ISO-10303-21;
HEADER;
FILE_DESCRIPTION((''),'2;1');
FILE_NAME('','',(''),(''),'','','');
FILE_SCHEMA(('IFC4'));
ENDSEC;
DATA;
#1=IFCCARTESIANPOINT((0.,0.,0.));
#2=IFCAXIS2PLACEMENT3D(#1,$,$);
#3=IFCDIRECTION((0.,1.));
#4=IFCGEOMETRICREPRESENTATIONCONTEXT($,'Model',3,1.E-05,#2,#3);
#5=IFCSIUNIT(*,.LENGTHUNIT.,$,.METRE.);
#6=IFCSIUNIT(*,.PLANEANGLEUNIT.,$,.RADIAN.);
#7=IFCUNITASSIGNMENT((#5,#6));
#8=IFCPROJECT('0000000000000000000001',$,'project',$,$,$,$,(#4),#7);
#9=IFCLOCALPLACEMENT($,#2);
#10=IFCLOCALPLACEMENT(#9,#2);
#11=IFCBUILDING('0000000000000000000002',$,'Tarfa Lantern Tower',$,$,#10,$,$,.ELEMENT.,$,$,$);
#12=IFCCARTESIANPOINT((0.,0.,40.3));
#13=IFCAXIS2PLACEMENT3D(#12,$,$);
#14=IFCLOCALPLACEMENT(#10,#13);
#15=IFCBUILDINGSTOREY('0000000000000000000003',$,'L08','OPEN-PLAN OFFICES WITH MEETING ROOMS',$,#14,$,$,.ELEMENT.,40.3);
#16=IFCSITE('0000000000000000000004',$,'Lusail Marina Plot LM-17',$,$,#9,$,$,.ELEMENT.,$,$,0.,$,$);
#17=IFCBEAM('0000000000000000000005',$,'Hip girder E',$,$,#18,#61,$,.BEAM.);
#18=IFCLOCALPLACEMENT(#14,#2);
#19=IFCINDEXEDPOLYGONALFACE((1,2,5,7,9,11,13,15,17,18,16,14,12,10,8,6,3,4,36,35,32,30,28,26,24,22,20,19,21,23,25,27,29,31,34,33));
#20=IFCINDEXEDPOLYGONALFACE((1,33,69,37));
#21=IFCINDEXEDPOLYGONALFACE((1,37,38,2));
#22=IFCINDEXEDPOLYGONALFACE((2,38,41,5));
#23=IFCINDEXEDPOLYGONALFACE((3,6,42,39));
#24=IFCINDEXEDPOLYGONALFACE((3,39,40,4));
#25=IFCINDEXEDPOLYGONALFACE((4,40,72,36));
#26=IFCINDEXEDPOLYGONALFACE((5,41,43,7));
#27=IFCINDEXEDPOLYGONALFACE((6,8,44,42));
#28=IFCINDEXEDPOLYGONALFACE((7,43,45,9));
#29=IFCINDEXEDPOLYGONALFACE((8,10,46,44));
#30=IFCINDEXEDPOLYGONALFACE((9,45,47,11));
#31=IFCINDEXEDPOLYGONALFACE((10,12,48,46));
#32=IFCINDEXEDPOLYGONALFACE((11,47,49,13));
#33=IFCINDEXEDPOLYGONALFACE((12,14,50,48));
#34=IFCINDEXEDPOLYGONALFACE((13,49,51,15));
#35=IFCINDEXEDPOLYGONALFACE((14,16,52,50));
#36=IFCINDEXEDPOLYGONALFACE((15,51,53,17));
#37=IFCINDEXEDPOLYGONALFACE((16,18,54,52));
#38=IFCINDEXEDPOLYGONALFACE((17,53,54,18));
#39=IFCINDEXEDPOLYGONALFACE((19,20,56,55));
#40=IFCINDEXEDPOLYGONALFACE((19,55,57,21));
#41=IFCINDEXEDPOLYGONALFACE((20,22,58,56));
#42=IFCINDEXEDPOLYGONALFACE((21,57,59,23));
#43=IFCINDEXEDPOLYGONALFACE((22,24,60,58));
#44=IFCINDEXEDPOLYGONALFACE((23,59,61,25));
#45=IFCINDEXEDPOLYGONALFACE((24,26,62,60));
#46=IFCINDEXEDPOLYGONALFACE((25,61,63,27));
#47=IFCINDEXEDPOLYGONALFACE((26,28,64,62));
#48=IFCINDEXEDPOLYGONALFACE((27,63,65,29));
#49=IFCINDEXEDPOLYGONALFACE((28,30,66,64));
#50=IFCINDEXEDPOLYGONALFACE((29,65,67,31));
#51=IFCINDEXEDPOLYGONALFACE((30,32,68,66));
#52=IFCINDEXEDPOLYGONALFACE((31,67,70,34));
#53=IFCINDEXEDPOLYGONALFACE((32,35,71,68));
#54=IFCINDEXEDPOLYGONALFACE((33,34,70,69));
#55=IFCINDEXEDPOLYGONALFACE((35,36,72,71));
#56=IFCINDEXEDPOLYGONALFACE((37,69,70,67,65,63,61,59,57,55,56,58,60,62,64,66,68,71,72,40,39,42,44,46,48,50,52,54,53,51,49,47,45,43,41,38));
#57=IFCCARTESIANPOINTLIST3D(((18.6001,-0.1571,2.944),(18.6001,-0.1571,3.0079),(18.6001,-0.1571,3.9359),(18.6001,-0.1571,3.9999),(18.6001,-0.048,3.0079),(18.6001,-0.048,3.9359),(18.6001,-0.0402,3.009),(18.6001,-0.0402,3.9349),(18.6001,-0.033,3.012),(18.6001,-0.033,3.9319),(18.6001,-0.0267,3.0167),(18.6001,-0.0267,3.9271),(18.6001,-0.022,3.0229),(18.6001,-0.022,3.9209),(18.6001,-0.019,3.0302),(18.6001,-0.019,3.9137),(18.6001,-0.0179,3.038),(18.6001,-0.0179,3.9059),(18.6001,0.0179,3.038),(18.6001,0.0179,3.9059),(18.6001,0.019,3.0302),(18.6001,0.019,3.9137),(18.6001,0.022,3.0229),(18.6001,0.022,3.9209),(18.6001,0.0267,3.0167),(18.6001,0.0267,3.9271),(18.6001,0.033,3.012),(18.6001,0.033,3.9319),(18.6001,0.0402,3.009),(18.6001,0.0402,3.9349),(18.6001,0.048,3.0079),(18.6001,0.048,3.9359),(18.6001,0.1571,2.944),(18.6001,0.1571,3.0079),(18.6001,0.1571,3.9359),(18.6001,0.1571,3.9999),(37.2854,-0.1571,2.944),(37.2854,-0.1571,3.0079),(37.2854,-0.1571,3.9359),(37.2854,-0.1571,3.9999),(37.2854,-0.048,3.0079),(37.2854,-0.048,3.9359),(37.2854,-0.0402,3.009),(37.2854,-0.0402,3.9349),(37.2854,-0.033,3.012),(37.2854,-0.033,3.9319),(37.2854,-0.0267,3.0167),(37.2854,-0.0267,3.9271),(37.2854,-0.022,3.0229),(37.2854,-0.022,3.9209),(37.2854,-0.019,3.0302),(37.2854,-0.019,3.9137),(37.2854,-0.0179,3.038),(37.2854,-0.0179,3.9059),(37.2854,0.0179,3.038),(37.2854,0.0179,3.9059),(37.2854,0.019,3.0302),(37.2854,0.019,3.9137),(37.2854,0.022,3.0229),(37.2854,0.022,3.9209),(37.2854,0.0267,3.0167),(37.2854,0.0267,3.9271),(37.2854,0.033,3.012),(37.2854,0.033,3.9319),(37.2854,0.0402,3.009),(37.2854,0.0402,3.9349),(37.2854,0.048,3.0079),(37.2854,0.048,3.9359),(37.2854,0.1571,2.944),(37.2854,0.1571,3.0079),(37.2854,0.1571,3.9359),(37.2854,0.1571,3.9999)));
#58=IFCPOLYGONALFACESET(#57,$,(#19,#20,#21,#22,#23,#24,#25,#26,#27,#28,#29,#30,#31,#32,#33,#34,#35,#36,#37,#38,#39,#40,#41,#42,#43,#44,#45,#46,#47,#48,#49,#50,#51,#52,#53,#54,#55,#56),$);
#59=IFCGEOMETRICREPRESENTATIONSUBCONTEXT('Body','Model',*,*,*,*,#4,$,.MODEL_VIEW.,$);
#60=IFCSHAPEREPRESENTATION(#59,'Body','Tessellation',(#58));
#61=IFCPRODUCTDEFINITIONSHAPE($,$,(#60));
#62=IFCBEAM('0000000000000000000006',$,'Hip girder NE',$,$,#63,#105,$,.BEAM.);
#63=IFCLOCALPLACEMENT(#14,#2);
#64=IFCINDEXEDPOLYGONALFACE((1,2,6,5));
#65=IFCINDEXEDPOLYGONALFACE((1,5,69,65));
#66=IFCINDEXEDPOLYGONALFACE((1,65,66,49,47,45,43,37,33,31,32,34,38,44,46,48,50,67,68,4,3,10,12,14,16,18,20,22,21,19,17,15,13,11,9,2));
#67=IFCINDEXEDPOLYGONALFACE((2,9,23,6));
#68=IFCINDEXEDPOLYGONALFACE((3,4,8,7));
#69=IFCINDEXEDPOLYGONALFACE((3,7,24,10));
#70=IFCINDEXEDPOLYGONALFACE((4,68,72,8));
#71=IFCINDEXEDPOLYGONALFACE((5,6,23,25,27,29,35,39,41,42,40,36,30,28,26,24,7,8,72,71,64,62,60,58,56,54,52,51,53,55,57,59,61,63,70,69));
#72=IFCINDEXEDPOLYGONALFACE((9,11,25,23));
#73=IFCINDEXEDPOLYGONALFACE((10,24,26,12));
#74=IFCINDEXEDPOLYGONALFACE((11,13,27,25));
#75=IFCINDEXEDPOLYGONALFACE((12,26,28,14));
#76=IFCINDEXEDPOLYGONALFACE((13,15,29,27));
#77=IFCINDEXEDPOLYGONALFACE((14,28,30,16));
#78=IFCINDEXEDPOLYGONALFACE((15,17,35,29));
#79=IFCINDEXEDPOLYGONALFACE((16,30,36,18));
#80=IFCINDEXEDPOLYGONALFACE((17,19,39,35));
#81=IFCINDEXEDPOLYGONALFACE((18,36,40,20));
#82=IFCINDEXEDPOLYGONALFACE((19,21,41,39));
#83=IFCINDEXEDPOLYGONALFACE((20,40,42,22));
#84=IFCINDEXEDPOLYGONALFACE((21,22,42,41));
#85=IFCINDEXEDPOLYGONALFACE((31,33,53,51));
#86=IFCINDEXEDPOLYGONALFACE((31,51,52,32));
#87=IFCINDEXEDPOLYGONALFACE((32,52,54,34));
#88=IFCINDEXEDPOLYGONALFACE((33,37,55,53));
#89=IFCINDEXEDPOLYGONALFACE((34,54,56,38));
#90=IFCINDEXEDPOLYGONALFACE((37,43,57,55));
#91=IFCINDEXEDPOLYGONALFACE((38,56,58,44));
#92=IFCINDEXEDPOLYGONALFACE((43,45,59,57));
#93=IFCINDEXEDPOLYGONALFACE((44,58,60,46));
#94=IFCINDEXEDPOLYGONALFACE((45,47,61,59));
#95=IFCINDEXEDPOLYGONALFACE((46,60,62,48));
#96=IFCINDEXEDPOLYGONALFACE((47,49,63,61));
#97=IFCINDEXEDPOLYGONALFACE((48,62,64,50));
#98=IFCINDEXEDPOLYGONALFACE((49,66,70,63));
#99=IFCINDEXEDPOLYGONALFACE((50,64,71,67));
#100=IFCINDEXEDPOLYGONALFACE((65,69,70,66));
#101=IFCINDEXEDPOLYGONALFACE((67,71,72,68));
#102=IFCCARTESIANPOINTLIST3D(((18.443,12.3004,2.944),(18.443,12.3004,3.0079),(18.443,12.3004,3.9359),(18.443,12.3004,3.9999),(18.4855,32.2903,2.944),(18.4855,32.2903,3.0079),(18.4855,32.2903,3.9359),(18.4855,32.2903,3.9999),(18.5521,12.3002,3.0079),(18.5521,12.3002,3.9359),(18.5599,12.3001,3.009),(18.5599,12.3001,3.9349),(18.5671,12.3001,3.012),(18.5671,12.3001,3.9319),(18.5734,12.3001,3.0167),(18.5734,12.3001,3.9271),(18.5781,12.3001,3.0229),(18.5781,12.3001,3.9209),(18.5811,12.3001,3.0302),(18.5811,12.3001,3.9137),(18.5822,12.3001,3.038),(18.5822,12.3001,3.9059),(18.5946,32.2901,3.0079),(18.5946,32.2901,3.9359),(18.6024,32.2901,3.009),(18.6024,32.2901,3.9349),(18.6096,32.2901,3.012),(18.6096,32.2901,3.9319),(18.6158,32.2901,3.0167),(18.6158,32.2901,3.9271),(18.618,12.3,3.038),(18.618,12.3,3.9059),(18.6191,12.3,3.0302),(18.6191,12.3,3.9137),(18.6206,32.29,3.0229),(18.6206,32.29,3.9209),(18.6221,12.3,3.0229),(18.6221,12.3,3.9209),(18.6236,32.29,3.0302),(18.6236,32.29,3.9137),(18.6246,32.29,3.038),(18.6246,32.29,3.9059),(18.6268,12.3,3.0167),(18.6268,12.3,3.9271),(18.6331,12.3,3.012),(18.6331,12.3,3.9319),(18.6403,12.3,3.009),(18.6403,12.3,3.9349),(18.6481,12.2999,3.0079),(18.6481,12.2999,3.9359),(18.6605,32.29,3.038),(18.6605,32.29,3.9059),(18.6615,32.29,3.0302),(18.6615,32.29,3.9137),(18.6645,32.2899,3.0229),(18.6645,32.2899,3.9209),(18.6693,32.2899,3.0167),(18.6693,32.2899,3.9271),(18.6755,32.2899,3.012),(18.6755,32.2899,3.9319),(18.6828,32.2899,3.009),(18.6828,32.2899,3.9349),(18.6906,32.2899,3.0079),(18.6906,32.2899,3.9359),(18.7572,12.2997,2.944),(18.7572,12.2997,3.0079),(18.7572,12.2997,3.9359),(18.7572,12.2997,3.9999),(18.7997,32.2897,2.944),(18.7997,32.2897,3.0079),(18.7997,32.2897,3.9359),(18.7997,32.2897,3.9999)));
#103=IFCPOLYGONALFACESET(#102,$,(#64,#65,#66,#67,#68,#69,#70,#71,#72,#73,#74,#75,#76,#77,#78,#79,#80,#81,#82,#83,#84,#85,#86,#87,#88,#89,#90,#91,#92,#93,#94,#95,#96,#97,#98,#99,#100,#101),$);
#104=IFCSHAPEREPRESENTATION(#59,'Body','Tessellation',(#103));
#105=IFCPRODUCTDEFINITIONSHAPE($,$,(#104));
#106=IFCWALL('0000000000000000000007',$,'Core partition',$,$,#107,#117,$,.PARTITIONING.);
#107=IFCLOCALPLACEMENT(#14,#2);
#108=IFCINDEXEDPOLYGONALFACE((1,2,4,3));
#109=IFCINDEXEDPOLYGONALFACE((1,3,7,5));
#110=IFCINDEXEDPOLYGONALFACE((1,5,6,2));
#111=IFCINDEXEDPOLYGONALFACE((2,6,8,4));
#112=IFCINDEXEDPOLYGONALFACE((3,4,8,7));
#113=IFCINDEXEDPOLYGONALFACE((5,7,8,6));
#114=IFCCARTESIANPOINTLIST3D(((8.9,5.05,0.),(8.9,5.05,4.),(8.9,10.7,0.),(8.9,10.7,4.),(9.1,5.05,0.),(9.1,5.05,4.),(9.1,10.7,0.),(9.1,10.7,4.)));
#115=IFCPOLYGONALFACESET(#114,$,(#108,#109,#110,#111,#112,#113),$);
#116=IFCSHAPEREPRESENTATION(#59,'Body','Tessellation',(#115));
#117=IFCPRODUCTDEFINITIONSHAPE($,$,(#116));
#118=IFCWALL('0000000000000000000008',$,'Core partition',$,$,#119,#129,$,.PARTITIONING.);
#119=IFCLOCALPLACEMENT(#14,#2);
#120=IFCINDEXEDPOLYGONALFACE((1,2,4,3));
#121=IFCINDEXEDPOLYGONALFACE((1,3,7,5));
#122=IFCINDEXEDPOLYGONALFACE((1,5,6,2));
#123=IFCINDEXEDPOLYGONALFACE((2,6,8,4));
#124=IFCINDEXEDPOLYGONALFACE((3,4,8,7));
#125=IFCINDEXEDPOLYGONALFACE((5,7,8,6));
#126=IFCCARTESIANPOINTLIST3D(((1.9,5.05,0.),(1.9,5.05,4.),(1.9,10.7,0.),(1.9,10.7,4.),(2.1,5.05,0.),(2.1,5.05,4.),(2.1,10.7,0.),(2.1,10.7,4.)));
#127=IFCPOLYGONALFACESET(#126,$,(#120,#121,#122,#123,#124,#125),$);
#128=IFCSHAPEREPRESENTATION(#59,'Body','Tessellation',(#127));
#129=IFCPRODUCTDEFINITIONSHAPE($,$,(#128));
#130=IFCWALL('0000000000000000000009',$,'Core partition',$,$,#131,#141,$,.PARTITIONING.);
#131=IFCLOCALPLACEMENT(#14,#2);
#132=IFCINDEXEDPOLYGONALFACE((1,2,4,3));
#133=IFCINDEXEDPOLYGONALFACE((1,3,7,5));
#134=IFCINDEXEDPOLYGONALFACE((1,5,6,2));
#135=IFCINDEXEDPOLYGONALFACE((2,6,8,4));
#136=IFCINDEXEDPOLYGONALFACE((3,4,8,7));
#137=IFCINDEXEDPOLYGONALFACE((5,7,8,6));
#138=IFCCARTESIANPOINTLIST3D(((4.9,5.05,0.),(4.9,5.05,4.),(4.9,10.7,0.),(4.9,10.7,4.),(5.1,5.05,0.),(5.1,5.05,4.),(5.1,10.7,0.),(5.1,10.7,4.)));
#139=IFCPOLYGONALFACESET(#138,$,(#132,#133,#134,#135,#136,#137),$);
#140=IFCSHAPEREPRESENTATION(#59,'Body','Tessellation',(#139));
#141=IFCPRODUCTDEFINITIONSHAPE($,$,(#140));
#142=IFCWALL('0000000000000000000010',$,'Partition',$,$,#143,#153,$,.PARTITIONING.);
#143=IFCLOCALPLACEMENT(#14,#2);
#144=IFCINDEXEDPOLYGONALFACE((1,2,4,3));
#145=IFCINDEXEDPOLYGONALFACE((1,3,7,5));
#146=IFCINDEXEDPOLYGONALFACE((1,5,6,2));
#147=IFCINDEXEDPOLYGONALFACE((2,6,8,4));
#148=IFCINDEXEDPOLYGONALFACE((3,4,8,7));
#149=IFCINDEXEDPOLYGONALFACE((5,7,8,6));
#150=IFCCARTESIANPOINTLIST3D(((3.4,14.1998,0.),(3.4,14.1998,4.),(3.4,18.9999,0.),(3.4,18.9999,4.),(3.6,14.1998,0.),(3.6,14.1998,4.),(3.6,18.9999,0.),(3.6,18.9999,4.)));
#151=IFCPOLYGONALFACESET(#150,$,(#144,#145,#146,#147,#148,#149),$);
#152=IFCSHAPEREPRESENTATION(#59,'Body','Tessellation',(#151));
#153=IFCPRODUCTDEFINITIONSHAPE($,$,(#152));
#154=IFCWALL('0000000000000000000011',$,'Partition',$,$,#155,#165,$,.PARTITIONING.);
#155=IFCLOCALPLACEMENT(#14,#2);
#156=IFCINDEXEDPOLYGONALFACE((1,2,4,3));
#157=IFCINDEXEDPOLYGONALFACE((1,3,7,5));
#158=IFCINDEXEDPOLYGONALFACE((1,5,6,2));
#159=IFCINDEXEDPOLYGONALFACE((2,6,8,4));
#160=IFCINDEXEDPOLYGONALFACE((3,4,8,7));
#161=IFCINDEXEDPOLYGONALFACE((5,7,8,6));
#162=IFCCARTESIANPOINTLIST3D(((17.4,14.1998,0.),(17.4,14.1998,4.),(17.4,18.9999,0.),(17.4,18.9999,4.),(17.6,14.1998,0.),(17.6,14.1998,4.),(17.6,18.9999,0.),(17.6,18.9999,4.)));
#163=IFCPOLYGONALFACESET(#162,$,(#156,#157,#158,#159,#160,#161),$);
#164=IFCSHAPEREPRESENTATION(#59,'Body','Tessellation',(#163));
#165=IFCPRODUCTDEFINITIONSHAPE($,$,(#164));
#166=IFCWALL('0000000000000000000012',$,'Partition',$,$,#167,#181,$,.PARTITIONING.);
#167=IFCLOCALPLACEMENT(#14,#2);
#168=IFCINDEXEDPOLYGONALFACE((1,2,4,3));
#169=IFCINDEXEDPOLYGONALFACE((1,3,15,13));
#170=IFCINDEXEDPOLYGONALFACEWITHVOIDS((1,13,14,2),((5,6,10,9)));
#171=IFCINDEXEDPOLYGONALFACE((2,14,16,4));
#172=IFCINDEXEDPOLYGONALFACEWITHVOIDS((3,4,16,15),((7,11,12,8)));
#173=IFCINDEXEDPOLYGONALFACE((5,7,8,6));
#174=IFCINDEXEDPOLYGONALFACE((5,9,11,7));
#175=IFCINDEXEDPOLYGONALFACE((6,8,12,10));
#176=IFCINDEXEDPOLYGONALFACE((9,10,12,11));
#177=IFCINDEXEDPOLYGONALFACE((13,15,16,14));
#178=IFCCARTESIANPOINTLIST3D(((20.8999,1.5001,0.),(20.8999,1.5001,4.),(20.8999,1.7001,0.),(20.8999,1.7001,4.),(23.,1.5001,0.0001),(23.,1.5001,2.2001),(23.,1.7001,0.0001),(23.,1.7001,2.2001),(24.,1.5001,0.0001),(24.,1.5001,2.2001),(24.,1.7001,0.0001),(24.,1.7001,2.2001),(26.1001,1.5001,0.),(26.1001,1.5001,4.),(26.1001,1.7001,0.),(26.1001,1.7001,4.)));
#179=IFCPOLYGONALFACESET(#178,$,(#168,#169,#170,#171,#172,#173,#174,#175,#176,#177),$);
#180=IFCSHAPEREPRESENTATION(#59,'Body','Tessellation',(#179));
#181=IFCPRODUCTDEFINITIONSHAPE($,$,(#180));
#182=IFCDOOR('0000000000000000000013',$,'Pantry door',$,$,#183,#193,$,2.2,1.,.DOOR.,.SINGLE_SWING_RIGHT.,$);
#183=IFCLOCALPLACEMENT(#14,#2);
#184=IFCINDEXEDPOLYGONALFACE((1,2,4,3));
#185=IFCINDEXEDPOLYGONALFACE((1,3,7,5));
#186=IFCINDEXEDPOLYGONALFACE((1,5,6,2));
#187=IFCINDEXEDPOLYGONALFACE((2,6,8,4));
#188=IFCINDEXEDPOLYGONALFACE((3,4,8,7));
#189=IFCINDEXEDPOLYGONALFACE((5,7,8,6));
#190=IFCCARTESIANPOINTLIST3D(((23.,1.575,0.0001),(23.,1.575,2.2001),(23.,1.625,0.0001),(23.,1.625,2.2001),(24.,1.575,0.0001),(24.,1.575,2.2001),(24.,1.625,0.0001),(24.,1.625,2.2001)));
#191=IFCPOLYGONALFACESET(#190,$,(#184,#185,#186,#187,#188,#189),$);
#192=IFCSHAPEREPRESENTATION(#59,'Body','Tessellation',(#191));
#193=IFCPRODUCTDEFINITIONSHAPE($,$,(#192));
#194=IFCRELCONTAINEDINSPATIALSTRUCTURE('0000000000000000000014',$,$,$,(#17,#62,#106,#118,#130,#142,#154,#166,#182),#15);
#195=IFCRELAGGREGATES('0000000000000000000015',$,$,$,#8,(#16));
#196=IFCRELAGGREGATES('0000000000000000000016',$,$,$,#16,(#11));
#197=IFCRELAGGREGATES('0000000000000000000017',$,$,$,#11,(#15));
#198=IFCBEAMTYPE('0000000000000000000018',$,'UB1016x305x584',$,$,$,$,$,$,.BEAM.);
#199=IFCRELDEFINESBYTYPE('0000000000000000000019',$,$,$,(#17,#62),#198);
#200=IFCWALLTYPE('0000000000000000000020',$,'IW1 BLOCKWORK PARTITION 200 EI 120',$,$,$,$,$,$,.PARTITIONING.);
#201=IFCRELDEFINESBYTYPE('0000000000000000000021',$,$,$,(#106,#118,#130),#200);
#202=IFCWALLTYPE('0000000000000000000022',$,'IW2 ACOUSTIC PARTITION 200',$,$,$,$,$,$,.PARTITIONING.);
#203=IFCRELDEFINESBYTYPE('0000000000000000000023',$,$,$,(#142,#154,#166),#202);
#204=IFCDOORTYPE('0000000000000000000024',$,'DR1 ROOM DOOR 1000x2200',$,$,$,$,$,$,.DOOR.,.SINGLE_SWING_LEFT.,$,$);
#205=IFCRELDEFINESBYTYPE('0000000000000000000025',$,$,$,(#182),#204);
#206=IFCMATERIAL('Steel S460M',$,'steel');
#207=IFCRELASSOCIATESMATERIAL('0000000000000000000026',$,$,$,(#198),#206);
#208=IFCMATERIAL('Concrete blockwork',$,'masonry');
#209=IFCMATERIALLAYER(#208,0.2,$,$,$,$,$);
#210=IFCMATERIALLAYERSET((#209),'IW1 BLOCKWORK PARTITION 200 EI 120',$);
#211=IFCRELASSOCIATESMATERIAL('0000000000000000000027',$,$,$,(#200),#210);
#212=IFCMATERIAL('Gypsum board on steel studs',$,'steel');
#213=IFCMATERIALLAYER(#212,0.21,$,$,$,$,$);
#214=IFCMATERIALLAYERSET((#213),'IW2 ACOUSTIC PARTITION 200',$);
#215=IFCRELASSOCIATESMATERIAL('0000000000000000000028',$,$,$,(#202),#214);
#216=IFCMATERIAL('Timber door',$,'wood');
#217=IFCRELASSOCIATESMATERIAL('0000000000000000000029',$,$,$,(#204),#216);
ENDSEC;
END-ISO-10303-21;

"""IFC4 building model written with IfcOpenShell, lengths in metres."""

from ifc_helpers import new_model, si_unit, direction, frame, frame_2d, origin, origin_2d, place, context, subcontext, project, spatial, rectangle, i_section, extrude, material, layer, layer_set, material_profile, profile_set, type_object, element, fill, save


model = new_model("IFC4")

# Units and contexts
model_context = context("Model", 3, precision=1e-05, world=origin(), true_north=direction((0.0, 1.0)))
body_context = subcontext(model_context, "Body", "Model", "MODEL_VIEW")
ifc_project = project(units=[si_unit("LENGTHUNIT", "METRE"), si_unit("PLANEANGLEUNIT", "RADIAN")], contexts=[model_context])

# Site, building, storey
site_placement = place(None, origin())
site = spatial("IfcSite", under=ifc_project, at=site_placement, Name="Lusail Marina Plot LM-17", CompositionType="ELEMENT", RefElevation=0.0)
building_placement = place(site_placement, origin())
building = spatial("IfcBuilding", under=site, at=building_placement, Name="Tarfa Lantern Tower", CompositionType="ELEMENT")
storey_placement = place(building_placement, frame((0.0, 0.0, 40.3)))
storey = spatial("IfcBuildingStorey", under=building, at=storey_placement, Name="L08", Description="OPEN-PLAN OFFICES WITH MEETING ROOMS", CompositionType="ELEMENT", Elevation=40.3)

# Beams
ifc_material_1 = material(Name="Steel S460M", Category="steel")
ifc_material_profile = material_profile(ifc_material_1, i_section(OverallWidth=0.3142, OverallDepth=1.0559, WebThickness=0.0359, FlangeThickness=0.064, FilletRadius=0.03, at=origin_2d()), Name="UB1016x305x584")
ifc_profile_set = profile_set([ifc_material_profile], Name="Steel S460M")
beam_type = type_object("IfcBeamType", Name="UB1016x305x584", PredefinedType="BEAM", material=ifc_profile_set)
beam_1_placement = place(storey_placement, frame((18.6001, 0.0, 3.4719), z_axis=(1.0, 0.0, 0.0), x_axis=(0.0, 1.0, 0.0)))
element("IfcBeam", 1, at=beam_1_placement, inside=storey, type_object=beam_type, Name="Hip girder E", PredefinedType="BEAM", context=body_context, shape_type="SweptSolid", body=[
    extrude(i_section(OverallWidth=0.3142, OverallDepth=1.0559, WebThickness=0.0359, FlangeThickness=0.064, FilletRadius=0.03, at=origin_2d()), origin(), (0.0, 0.0, 1.0), 18.6853),
])
beam_2_placement = place(storey_placement, frame((18.6001, 12.3, 3.4719), z_axis=(0.002125, 0.999998, 0.0), x_axis=(-0.999998, 0.002125, 0.0)))
element("IfcBeam", 2, at=beam_2_placement, inside=storey, type_object=beam_type, Name="Hip girder NE", PredefinedType="BEAM", context=body_context, shape_type="SweptSolid", body=[
    extrude(i_section(OverallWidth=0.3142, OverallDepth=1.0559, WebThickness=0.0359, FlangeThickness=0.064, FilletRadius=0.03, at=origin_2d()), origin(), (0.0, 0.0, 1.0), 19.99),
])

# Walls
ifc_material_2 = material(Name="Concrete blockwork", Category="masonry")
ifc_layer_1 = layer(ifc_material_2, 0.2)
ifc_layer_set_1 = layer_set([ifc_layer_1], Name="IW1 BLOCKWORK PARTITION 200 EI 120")
wall_type_1 = type_object("IfcWallType", Name="IW1 BLOCKWORK PARTITION 200 EI 120", PredefinedType="PARTITIONING", material=ifc_layer_set_1)
for number, where, z_axis, x_axis, name in (
    (3, (9.0, 5.05, 0.0), (0.0, 0.0, 1.0), (0.0, 1.0, 0.0), "Core partition"),
    (4, (2.0, 5.05, 0.0), (0.0, 0.0, 1.0), (0.0, 1.0, 0.0), "Core partition"),
    (5, (5.0, 5.05, 0.0), (0.0, 0.0, 1.0), (0.0, 1.0, 0.0), "Core partition"),
):
    element("IfcWall", number, at=place(storey_placement, frame(where, z_axis=z_axis, x_axis=x_axis)), inside=storey, type_object=wall_type_1, Name=name, PredefinedType="PARTITIONING", context=body_context, shape_type="SweptSolid", body=[
        extrude(rectangle(XDim=5.6499, YDim=0.2, at=frame_2d((2.825, 0.0))), origin(), (0.0, 0.0, 1.0), 4.0),
    ])
ifc_material_3 = material(Name="Gypsum board on steel studs", Category="steel")
ifc_layer_2 = layer(ifc_material_3, 0.21)
ifc_layer_set_2 = layer_set([ifc_layer_2], Name="IW2 ACOUSTIC PARTITION 200")
wall_type_2 = type_object("IfcWallType", Name="IW2 ACOUSTIC PARTITION 200", PredefinedType="PARTITIONING", material=ifc_layer_set_2)
for number, where, z_axis, x_axis, name in (
    (6, (3.5, 14.2, 0.0), (0.0, 0.0, 1.0), (0.0, 1.0, 0.0), "Partition"),
    (7, (17.5, 14.2, 0.0), (0.0, 0.0, 1.0), (0.0, 1.0, 0.0), "Partition"),
):
    element("IfcWall", number, at=place(storey_placement, frame(where, z_axis=z_axis, x_axis=x_axis)), inside=storey, type_object=wall_type_2, Name=name, PredefinedType="PARTITIONING", context=body_context, shape_type="SweptSolid", body=[
        extrude(rectangle(XDim=4.8, YDim=0.2, at=frame_2d((2.3999, 0.0))), origin(), (0.0, 0.0, 1.0), 4.0),
    ])

# Wall, opening, door
wall_1_placement = place(storey_placement, frame((20.8999, 1.6001, 0.0), z_axis=(0.0, 0.0, 1.0), x_axis=(1.0, 0.0, 0.0)))
wall_1 = element("IfcWall", 8, at=wall_1_placement, inside=storey, type_object=wall_type_2, Name="Partition", PredefinedType="PARTITIONING", context=body_context, shape_type="SweptSolid", body=[
    extrude(rectangle(XDim=5.2002, YDim=0.2, at=frame_2d((2.6001, 0.0))), origin(), (0.0, 0.0, 1.0), 4.0),
])
opening_1_placement = place(wall_1_placement, frame((2.1001, 0.0, 0.0)))
opening_1 = element("IfcOpeningElement", 9, at=opening_1_placement, cuts=wall_1, PredefinedType="OPENING", context=body_context, shape_type="SweptSolid", body=[
    extrude(rectangle(XDim=1.0, YDim=2.2, at=frame_2d((0.5, 1.1001))), frame((0.0, 0.1099, 0.0), z_axis=(0.0, -1.0, 0.0), x_axis=(1.0, 0.0, 0.0)), (0.0, 0.0, 1.0), 0.22),
])
ifc_material_4 = material(Name="Timber door", Category="wood")
door_type_1 = type_object("IfcDoorType", Name="DR1 ROOM DOOR 1000x2200", OperationType="SINGLE_SWING_LEFT", PredefinedType="DOOR", material=ifc_material_4)
door_1_placement = place(opening_1_placement, origin())
door_1 = element("IfcDoor", 10, at=door_1_placement, inside=storey, type_object=door_type_1, Name="Pantry door", OperationType="SINGLE_SWING_RIGHT", OverallHeight=2.2, OverallWidth=1.0, PredefinedType="DOOR", context=body_context, shape_type="SweptSolid", body=[
    extrude(rectangle(XDim=1.0, YDim=2.2, at=frame_2d((0.5, 1.1001))), frame((0.0, 0.0249, 0.0), z_axis=(0.0, -1.0, 0.0), x_axis=(1.0, 0.0, 0.0)), (0.0, 0.0, 1.0), 0.05),
])
fill(opening_1, door_1)

save(model, "model.ifc")
